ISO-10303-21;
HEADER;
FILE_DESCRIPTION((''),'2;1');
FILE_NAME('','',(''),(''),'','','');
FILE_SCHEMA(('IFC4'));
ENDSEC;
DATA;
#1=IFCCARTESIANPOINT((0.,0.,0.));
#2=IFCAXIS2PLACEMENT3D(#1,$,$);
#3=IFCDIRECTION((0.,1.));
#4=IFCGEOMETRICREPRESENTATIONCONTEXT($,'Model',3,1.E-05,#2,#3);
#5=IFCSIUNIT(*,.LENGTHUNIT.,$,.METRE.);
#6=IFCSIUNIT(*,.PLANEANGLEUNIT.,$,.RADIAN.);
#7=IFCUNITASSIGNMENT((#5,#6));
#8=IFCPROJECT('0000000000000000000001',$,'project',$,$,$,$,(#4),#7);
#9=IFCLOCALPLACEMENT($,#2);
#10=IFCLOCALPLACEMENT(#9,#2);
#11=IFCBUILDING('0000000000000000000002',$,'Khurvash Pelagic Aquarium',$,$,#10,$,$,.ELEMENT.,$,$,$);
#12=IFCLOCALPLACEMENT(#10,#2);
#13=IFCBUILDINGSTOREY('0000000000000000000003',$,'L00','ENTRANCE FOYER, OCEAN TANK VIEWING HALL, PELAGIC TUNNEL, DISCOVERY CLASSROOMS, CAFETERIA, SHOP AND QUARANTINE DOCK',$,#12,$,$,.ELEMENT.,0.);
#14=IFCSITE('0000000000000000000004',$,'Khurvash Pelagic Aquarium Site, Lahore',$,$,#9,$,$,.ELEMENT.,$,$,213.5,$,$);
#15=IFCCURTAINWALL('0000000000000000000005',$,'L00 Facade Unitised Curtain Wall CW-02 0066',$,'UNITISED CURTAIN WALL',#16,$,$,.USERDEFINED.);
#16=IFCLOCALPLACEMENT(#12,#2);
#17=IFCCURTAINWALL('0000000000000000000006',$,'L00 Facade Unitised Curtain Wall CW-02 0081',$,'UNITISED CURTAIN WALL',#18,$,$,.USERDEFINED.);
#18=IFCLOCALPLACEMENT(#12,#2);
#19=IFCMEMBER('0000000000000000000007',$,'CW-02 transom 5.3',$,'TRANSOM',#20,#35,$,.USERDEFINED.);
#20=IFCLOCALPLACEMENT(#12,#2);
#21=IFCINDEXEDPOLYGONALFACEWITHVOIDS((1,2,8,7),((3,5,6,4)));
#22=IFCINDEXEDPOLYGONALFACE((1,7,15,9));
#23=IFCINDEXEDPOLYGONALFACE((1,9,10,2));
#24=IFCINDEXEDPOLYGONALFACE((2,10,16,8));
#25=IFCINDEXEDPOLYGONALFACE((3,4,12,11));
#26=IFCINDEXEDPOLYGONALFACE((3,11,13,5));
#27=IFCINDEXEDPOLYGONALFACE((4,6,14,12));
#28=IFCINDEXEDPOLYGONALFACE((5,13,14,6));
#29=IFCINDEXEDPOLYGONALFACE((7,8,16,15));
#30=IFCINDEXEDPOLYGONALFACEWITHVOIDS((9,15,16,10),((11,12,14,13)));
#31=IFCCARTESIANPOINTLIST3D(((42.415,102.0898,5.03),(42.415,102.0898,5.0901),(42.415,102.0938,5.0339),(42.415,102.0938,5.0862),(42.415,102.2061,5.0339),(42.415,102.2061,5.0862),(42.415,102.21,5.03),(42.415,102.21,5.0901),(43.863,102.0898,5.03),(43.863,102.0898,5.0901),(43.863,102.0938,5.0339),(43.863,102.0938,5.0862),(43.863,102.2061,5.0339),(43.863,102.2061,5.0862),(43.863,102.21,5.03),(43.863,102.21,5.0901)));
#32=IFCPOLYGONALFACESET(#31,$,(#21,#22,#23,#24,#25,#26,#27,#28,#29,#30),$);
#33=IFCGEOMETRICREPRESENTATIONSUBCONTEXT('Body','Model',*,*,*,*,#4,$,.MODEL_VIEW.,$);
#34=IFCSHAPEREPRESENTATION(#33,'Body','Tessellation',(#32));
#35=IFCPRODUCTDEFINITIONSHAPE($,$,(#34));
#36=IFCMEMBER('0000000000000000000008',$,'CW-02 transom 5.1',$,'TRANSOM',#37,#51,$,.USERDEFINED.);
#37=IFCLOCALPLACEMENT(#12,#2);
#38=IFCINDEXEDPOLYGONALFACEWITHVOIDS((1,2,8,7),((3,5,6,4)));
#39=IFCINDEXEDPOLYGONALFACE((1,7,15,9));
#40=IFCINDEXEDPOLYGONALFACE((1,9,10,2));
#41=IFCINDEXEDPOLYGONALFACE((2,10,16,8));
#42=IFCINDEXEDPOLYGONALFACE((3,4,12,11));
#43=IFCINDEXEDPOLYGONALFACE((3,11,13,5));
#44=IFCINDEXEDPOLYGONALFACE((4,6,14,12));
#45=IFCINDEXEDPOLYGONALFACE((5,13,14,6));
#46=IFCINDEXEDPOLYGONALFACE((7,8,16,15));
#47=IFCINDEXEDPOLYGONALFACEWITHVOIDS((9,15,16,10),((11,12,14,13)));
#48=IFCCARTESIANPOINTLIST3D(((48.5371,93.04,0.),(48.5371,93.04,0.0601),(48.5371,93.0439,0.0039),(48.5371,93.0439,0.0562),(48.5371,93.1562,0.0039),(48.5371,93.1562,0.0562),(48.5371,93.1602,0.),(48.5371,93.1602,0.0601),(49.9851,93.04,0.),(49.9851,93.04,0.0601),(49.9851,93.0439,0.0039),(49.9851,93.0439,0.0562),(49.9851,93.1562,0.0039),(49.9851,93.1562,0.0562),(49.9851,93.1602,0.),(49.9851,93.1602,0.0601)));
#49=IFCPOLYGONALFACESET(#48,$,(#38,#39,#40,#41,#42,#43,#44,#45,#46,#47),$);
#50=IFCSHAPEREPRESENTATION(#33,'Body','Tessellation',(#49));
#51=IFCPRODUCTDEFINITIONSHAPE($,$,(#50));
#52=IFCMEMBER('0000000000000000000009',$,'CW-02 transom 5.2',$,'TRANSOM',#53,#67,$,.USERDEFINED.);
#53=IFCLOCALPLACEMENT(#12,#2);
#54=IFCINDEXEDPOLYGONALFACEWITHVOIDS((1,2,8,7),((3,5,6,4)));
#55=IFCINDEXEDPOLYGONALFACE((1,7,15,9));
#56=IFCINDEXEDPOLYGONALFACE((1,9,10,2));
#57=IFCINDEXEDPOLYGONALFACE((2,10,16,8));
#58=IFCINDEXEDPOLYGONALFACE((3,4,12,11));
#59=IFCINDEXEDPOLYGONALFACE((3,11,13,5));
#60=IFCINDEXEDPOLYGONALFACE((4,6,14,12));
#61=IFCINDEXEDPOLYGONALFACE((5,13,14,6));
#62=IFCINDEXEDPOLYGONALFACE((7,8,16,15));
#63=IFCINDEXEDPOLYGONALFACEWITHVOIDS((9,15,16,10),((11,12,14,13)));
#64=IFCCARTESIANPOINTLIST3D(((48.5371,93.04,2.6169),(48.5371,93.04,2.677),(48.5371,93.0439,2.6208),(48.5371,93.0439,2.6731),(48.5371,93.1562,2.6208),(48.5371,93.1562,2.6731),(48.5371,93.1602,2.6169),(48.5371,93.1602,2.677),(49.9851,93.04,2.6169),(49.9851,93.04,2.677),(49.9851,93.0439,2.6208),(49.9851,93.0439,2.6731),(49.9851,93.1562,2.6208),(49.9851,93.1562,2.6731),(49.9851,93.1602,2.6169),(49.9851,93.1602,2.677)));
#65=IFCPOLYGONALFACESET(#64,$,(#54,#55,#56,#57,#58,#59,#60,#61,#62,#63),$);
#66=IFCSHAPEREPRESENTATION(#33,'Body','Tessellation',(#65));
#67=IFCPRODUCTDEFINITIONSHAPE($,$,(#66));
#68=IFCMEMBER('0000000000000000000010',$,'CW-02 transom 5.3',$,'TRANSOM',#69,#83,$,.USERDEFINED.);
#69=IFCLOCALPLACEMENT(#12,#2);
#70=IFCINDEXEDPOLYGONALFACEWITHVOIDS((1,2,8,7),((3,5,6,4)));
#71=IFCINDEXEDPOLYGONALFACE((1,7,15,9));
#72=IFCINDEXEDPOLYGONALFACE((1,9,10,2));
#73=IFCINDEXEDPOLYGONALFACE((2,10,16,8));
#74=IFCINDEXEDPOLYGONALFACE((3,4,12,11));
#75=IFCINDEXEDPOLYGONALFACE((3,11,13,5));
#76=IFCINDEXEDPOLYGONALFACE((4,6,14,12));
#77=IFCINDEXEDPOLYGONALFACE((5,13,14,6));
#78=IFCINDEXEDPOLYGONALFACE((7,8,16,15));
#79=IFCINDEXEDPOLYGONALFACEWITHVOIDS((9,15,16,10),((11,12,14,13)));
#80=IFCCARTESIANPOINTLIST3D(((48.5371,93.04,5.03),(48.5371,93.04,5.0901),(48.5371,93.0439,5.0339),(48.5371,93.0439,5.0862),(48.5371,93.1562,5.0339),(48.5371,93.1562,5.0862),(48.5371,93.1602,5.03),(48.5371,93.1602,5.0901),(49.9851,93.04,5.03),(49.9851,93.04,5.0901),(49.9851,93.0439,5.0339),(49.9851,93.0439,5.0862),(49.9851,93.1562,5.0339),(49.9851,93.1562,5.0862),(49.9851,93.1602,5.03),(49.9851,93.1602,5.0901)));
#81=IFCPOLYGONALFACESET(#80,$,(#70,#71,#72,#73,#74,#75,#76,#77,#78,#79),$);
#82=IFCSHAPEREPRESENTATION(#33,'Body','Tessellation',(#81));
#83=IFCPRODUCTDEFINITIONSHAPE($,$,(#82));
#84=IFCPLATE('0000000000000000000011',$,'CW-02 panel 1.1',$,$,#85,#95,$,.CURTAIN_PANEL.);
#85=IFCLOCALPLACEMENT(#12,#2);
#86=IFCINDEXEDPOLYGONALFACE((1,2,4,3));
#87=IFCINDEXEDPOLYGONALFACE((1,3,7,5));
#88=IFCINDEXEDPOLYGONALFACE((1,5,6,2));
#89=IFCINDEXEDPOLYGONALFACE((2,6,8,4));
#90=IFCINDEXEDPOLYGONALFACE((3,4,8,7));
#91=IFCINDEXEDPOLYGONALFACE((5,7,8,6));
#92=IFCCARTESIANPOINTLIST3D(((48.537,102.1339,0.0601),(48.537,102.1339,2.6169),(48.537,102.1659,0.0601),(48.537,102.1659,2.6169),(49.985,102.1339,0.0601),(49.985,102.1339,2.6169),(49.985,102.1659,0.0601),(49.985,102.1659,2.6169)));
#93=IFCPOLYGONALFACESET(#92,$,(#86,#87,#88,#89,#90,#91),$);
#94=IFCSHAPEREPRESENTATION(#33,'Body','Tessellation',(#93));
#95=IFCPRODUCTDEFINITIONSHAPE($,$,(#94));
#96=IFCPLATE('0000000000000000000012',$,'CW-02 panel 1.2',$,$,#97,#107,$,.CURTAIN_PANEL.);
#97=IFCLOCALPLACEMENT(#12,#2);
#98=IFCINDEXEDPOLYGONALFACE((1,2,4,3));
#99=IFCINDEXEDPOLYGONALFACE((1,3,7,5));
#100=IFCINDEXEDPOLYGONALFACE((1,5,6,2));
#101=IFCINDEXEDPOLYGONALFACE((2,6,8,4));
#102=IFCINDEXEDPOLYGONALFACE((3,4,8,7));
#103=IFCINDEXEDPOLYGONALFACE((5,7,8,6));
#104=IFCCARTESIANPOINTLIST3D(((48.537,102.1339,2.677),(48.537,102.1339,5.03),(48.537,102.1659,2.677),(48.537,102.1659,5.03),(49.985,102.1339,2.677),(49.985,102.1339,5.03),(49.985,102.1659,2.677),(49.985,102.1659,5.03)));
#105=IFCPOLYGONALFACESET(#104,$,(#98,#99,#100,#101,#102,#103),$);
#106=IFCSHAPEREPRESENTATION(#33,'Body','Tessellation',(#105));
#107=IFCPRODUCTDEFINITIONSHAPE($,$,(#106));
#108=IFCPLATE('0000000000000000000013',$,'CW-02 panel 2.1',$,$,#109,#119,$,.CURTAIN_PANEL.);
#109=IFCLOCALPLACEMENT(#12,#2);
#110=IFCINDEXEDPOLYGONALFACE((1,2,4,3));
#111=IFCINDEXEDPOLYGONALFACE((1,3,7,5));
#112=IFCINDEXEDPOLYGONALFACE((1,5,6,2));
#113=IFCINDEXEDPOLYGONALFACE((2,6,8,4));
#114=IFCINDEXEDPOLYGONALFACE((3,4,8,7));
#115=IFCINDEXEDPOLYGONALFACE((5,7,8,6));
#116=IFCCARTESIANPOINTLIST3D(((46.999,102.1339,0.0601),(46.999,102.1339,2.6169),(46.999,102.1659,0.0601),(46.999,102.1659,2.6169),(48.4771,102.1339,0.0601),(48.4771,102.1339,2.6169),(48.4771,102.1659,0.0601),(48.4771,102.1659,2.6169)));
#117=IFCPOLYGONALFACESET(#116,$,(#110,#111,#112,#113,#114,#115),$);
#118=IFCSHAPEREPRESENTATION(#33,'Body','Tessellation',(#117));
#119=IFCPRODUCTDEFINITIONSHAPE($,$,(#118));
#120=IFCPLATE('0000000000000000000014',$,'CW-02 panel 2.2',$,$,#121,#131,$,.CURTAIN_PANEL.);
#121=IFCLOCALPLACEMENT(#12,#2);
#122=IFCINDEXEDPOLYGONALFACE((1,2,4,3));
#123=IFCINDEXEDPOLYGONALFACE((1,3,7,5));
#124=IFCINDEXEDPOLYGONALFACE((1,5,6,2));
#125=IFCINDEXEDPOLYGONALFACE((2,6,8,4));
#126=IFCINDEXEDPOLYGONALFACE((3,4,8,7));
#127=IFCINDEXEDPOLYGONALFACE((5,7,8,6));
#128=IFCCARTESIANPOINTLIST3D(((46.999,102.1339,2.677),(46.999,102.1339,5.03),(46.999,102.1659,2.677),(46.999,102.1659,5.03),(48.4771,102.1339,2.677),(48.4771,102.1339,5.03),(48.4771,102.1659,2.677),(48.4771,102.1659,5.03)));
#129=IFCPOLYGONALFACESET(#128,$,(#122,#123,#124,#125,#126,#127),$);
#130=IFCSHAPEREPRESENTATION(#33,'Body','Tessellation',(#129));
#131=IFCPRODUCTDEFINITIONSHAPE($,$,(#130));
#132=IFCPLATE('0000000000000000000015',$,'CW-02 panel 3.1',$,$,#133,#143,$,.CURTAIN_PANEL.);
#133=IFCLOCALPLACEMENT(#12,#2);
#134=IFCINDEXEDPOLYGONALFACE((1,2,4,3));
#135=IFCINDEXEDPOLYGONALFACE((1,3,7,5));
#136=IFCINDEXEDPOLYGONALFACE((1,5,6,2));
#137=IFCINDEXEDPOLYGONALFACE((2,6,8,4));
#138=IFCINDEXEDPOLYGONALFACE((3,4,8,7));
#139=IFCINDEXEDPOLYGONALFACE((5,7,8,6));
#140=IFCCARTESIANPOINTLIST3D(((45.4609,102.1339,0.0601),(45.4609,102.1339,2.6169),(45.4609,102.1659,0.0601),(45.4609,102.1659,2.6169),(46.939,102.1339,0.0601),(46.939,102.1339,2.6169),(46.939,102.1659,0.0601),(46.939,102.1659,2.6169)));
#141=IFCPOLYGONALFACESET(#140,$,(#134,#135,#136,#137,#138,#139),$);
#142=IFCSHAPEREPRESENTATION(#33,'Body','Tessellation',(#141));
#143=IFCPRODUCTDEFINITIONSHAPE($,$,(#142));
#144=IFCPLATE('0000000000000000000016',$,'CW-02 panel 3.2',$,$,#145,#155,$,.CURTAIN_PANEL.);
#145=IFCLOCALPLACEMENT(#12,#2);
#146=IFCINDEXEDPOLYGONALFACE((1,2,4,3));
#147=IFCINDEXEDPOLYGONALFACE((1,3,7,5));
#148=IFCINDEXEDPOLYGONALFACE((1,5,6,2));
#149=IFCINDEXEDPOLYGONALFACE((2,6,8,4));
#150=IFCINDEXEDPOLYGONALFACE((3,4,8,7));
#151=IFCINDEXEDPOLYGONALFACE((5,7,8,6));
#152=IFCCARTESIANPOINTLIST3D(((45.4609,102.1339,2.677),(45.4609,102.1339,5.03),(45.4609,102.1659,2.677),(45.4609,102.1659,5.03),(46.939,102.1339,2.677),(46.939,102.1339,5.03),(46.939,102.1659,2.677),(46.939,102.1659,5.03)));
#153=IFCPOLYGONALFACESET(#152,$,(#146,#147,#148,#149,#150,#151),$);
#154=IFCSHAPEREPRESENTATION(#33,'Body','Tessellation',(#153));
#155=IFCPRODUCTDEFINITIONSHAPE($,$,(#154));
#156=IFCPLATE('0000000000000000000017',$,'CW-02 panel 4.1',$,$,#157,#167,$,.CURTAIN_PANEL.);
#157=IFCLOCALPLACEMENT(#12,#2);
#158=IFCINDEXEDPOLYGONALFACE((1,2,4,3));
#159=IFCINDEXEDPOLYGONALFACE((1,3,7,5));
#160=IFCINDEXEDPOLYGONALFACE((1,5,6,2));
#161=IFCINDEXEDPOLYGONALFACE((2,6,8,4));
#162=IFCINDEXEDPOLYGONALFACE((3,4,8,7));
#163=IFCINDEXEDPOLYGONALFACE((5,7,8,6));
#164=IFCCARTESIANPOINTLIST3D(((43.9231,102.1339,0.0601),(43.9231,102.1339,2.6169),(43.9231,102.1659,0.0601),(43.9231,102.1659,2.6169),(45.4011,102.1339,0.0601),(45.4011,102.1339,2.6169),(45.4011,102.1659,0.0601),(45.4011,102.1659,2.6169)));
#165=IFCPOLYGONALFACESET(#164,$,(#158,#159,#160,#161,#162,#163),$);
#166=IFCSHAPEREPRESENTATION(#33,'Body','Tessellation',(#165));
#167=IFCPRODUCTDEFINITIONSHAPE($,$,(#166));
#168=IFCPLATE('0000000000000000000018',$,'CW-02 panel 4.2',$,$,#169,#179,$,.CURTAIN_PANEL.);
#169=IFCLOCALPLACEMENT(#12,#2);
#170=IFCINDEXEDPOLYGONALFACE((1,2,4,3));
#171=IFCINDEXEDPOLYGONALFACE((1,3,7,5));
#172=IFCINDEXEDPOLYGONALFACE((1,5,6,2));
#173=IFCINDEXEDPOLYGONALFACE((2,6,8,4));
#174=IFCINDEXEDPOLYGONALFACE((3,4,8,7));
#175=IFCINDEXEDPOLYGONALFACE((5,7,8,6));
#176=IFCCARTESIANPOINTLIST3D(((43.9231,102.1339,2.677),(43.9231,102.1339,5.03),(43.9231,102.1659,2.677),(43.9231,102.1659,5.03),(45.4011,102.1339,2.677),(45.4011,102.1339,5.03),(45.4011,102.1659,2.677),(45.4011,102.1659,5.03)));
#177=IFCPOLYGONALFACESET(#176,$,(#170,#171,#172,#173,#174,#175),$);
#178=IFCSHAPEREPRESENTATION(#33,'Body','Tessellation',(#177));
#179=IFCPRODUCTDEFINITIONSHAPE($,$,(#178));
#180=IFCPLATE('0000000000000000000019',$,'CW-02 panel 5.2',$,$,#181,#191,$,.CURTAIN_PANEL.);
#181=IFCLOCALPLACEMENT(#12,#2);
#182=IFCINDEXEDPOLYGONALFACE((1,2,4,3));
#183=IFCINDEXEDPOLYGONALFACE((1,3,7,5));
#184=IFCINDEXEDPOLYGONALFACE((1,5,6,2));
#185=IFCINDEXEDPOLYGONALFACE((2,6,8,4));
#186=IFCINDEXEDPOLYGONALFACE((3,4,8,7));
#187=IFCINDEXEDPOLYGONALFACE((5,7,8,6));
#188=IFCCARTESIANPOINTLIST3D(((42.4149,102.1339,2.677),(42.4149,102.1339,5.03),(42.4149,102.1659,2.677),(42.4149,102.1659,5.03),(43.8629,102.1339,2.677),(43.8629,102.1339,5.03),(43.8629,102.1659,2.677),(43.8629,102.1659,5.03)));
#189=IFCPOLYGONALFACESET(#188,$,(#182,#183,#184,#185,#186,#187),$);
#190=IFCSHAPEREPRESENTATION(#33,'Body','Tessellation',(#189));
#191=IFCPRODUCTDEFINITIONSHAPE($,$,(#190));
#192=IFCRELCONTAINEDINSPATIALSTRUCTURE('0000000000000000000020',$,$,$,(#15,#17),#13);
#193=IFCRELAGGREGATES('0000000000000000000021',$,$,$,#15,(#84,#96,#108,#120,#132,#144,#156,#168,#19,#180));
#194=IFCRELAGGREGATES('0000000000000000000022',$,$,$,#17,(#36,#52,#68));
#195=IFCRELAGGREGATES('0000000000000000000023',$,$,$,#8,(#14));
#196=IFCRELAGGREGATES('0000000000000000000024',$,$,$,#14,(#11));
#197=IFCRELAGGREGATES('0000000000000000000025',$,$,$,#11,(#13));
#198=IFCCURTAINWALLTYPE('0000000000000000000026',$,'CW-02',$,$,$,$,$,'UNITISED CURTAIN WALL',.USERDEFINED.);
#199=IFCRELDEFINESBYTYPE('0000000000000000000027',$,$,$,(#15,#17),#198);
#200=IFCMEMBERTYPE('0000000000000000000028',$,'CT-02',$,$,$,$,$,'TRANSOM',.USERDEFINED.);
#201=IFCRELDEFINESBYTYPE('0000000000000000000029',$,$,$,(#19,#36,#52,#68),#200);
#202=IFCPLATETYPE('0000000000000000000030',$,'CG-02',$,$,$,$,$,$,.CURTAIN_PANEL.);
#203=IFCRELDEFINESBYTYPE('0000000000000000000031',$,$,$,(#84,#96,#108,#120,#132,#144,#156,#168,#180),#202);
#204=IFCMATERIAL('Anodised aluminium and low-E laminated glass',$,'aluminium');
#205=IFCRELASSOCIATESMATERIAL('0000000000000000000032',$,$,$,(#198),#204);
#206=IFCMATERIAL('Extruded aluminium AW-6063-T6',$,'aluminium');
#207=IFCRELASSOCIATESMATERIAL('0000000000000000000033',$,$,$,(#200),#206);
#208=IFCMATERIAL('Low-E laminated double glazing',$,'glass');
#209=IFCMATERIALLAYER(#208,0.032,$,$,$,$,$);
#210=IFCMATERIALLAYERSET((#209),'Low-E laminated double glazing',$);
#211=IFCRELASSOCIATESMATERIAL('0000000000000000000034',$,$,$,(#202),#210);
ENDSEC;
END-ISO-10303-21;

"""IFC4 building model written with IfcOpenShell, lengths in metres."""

from ifc_helpers import new_model, si_unit, direction, frame, origin, origin_2d, place, context, subcontext, project, spatial, rectangle, hollow_rectangle, extrude, material, layer, layer_set, material_profile, profile_set, type_object, element, aggregate, save


model = new_model("IFC4")

# Units and contexts
model_context = context("Model", 3, precision=1e-05, world=origin(), true_north=direction((0.0, 1.0)))
body_context = subcontext(model_context, "Body", "Model", "MODEL_VIEW")
ifc_project = project(units=[si_unit("LENGTHUNIT", "METRE"), si_unit("PLANEANGLEUNIT", "RADIAN")], contexts=[model_context])

# Site, building, storey
site_placement = place(None, origin())
site = spatial("IfcSite", under=ifc_project, at=site_placement, Name="Khurvash Pelagic Aquarium Site, Lahore", CompositionType="ELEMENT", RefElevation=213.5)
building_placement = place(site_placement, origin())
building = spatial("IfcBuilding", under=site, at=building_placement, Name="Khurvash Pelagic Aquarium", CompositionType="ELEMENT")
storey_placement = place(building_placement, origin())
storey = spatial("IfcBuildingStorey", under=building, at=storey_placement, Name="L00", Description="ENTRANCE FOYER, OCEAN TANK VIEWING HALL, PELAGIC TUNNEL, DISCOVERY CLASSROOMS, CAFETERIA, SHOP AND QUARANTINE DOCK", CompositionType="ELEMENT", Elevation=0.0)

# Curtain walls
ifc_material_1 = material(Name="Anodised aluminium and low-E laminated glass", Category="aluminium")
curtain_wall_type = type_object("IfcCurtainWallType", Name="CW-02", ElementType="UNITISED CURTAIN WALL", PredefinedType="USERDEFINED", material=ifc_material_1)
curtain_wall_1_placement = place(storey_placement, origin())
curtain_wall_1 = element("IfcCurtainWall", 1, at=curtain_wall_1_placement, inside=storey, type_object=curtain_wall_type, Name="L00 Facade Unitised Curtain Wall CW-02 0066", ObjectType="UNITISED CURTAIN WALL", PredefinedType="USERDEFINED")
ifc_material_2 = material(Name="Extruded aluminium AW-6063-T6", Category="aluminium")
curtain_wall_2_placement = place(storey_placement, origin())
curtain_wall_2 = element("IfcCurtainWall", 2, at=curtain_wall_2_placement, inside=storey, type_object=curtain_wall_type, Name="L00 Facade Unitised Curtain Wall CW-02 0081", ObjectType="UNITISED CURTAIN WALL", PredefinedType="USERDEFINED")

# Members
ifc_material_profile_1 = material_profile(ifc_material_2, hollow_rectangle(XDim=0.1201, YDim=0.0601, WallThickness=0.0039, at=origin_2d()), Name="CWT120X60X4")
ifc_profile_set_1 = profile_set([ifc_material_profile_1], Name="Extruded aluminium AW-6063-T6")
member_type_1 = type_object("IfcMemberType", Name="CT-02", ElementType="TRANSOM", PredefinedType="USERDEFINED", material=ifc_profile_set_1)
member_1_placement = place(storey_placement, frame((43.863, 102.1499, 5.0601), z_axis=(-1.0, 0.0, 0.0), x_axis=(0.0, -1.0, 0.0)))
member_1 = element("IfcMember", 3, at=member_1_placement, type_object=member_type_1, Name="CW-02 transom 5.3", ObjectType="TRANSOM", PredefinedType="USERDEFINED", context=body_context, shape_type="SweptSolid", body=[
    extrude(hollow_rectangle(XDim=0.1201, YDim=0.0601, WallThickness=0.0039, at=origin_2d()), origin(), (0.0, 0.0, 1.0), 1.448),
])
member_2_placement = place(storey_placement, frame((48.5371, 93.1001, 0.03), z_axis=(1.0, 0.0, 0.0), x_axis=(0.0, 1.0, 0.0)))
member_2 = element("IfcMember", 4, at=member_2_placement, type_object=member_type_1, Name="CW-02 transom 5.1", ObjectType="TRANSOM", PredefinedType="USERDEFINED", context=body_context, shape_type="SweptSolid", body=[
    extrude(hollow_rectangle(XDim=0.1201, YDim=0.0601, WallThickness=0.0039, at=origin_2d()), origin(), (0.0, 0.0, 1.0), 1.448),
])
member_3_placement = place(storey_placement, frame((48.5371, 93.1001, 2.647), z_axis=(1.0, 0.0, 0.0), x_axis=(0.0, 1.0, 0.0)))
member_3 = element("IfcMember", 5, at=member_3_placement, type_object=member_type_1, Name="CW-02 transom 5.2", ObjectType="TRANSOM", PredefinedType="USERDEFINED", context=body_context, shape_type="SweptSolid", body=[
    extrude(hollow_rectangle(XDim=0.1201, YDim=0.0601, WallThickness=0.0039, at=origin_2d()), origin(), (0.0, 0.0, 1.0), 1.448),
])
member_4_placement = place(storey_placement, frame((48.5371, 93.1001, 5.0601), z_axis=(1.0, 0.0, 0.0), x_axis=(0.0, 1.0, 0.0)))
member_4 = element("IfcMember", 6, at=member_4_placement, type_object=member_type_1, Name="CW-02 transom 5.3", ObjectType="TRANSOM", PredefinedType="USERDEFINED", context=body_context, shape_type="SweptSolid", body=[
    extrude(hollow_rectangle(XDim=0.1201, YDim=0.0601, WallThickness=0.0039, at=origin_2d()), origin(), (0.0, 0.0, 1.0), 1.448),
])

# Plates
ifc_material_3 = material(Name="Low-E laminated double glazing", Category="glass")
ifc_layer = layer(ifc_material_3, 0.032)
ifc_layer_set = layer_set([ifc_layer], Name="Low-E laminated double glazing")
plate_type = type_object("IfcPlateType", Name="CG-02", PredefinedType="CURTAIN_PANEL", material=ifc_layer_set)
plate_1_placement = place(storey_placement, frame((49.261, 102.1499, 0.0601), z_axis=(0.0, 0.0, 1.0), x_axis=(-1.0, 0.0, 0.0)))
plate_1 = element("IfcPlate", 7, at=plate_1_placement, type_object=plate_type, Name="CW-02 panel 1.1", PredefinedType="CURTAIN_PANEL", context=body_context, shape_type="SweptSolid", body=[
    extrude(rectangle(XDim=1.448, YDim=0.032, at=origin_2d()), origin(), (0.0, 0.0, 1.0), 2.5569),
])
plate_2_placement = place(storey_placement, frame((49.261, 102.1499, 2.677), z_axis=(0.0, 0.0, 1.0), x_axis=(-1.0, 0.0, 0.0)))
plate_2 = element("IfcPlate", 8, at=plate_2_placement, type_object=plate_type, Name="CW-02 panel 1.2", PredefinedType="CURTAIN_PANEL", context=body_context, shape_type="SweptSolid", body=[
    extrude(rectangle(XDim=1.448, YDim=0.032, at=origin_2d()), origin(), (0.0, 0.0, 1.0), 2.353),
])
plate_3_placement = place(storey_placement, frame((47.738, 102.1499, 0.0601), z_axis=(0.0, 0.0, 1.0), x_axis=(-1.0, 0.0, 0.0)))
plate_3 = element("IfcPlate", 9, at=plate_3_placement, type_object=plate_type, Name="CW-02 panel 2.1", PredefinedType="CURTAIN_PANEL", context=body_context, shape_type="SweptSolid", body=[
    extrude(rectangle(XDim=1.478, YDim=0.032, at=origin_2d()), origin(), (0.0, 0.0, 1.0), 2.5569),
])
plate_4_placement = place(storey_placement, frame((47.738, 102.1499, 2.677), z_axis=(0.0, 0.0, 1.0), x_axis=(-1.0, 0.0, 0.0)))
plate_4 = element("IfcPlate", 10, at=plate_4_placement, type_object=plate_type, Name="CW-02 panel 2.2", PredefinedType="CURTAIN_PANEL", context=body_context, shape_type="SweptSolid", body=[
    extrude(rectangle(XDim=1.478, YDim=0.032, at=origin_2d()), origin(), (0.0, 0.0, 1.0), 2.353),
])
plate_5_placement = place(storey_placement, frame((46.2, 102.1499, 0.0601), z_axis=(0.0, 0.0, 1.0), x_axis=(-1.0, 0.0, 0.0)))
plate_5 = element("IfcPlate", 11, at=plate_5_placement, type_object=plate_type, Name="CW-02 panel 3.1", PredefinedType="CURTAIN_PANEL", context=body_context, shape_type="SweptSolid", body=[
    extrude(rectangle(XDim=1.478, YDim=0.032, at=origin_2d()), origin(), (0.0, 0.0, 1.0), 2.5569),
])
plate_6_placement = place(storey_placement, frame((46.2, 102.1499, 2.677), z_axis=(0.0, 0.0, 1.0), x_axis=(-1.0, 0.0, 0.0)))
plate_6 = element("IfcPlate", 12, at=plate_6_placement, type_object=plate_type, Name="CW-02 panel 3.2", PredefinedType="CURTAIN_PANEL", context=body_context, shape_type="SweptSolid", body=[
    extrude(rectangle(XDim=1.478, YDim=0.032, at=origin_2d()), origin(), (0.0, 0.0, 1.0), 2.353),
])
plate_7_placement = place(storey_placement, frame((44.6621, 102.1499, 0.0601), z_axis=(0.0, 0.0, 1.0), x_axis=(-1.0, 0.0, 0.0)))
plate_7 = element("IfcPlate", 13, at=plate_7_placement, type_object=plate_type, Name="CW-02 panel 4.1", PredefinedType="CURTAIN_PANEL", context=body_context, shape_type="SweptSolid", body=[
    extrude(rectangle(XDim=1.478, YDim=0.032, at=origin_2d()), origin(), (0.0, 0.0, 1.0), 2.5569),
])
plate_8_placement = place(storey_placement, frame((44.6621, 102.1499, 2.677), z_axis=(0.0, 0.0, 1.0), x_axis=(-1.0, 0.0, 0.0)))
plate_8 = element("IfcPlate", 14, at=plate_8_placement, type_object=plate_type, Name="CW-02 panel 4.2", PredefinedType="CURTAIN_PANEL", context=body_context, shape_type="SweptSolid", body=[
    extrude(rectangle(XDim=1.478, YDim=0.032, at=origin_2d()), origin(), (0.0, 0.0, 1.0), 2.353),
])
plate_9_placement = place(storey_placement, frame((43.1389, 102.1499, 2.677), z_axis=(0.0, 0.0, 1.0), x_axis=(-1.0, 0.0, 0.0)))
plate_9 = element("IfcPlate", 15, at=plate_9_placement, type_object=plate_type, Name="CW-02 panel 5.2", PredefinedType="CURTAIN_PANEL", context=body_context, shape_type="SweptSolid", body=[
    extrude(rectangle(XDim=1.448, YDim=0.032, at=origin_2d()), origin(), (0.0, 0.0, 1.0), 2.353),
])
aggregate(curtain_wall_1, [plate_1, plate_2, plate_3, plate_4, plate_5, plate_6, plate_7, plate_8, member_1, plate_9])
aggregate(curtain_wall_2, [member_2, member_3, member_4])

save(model, "model.ifc")
